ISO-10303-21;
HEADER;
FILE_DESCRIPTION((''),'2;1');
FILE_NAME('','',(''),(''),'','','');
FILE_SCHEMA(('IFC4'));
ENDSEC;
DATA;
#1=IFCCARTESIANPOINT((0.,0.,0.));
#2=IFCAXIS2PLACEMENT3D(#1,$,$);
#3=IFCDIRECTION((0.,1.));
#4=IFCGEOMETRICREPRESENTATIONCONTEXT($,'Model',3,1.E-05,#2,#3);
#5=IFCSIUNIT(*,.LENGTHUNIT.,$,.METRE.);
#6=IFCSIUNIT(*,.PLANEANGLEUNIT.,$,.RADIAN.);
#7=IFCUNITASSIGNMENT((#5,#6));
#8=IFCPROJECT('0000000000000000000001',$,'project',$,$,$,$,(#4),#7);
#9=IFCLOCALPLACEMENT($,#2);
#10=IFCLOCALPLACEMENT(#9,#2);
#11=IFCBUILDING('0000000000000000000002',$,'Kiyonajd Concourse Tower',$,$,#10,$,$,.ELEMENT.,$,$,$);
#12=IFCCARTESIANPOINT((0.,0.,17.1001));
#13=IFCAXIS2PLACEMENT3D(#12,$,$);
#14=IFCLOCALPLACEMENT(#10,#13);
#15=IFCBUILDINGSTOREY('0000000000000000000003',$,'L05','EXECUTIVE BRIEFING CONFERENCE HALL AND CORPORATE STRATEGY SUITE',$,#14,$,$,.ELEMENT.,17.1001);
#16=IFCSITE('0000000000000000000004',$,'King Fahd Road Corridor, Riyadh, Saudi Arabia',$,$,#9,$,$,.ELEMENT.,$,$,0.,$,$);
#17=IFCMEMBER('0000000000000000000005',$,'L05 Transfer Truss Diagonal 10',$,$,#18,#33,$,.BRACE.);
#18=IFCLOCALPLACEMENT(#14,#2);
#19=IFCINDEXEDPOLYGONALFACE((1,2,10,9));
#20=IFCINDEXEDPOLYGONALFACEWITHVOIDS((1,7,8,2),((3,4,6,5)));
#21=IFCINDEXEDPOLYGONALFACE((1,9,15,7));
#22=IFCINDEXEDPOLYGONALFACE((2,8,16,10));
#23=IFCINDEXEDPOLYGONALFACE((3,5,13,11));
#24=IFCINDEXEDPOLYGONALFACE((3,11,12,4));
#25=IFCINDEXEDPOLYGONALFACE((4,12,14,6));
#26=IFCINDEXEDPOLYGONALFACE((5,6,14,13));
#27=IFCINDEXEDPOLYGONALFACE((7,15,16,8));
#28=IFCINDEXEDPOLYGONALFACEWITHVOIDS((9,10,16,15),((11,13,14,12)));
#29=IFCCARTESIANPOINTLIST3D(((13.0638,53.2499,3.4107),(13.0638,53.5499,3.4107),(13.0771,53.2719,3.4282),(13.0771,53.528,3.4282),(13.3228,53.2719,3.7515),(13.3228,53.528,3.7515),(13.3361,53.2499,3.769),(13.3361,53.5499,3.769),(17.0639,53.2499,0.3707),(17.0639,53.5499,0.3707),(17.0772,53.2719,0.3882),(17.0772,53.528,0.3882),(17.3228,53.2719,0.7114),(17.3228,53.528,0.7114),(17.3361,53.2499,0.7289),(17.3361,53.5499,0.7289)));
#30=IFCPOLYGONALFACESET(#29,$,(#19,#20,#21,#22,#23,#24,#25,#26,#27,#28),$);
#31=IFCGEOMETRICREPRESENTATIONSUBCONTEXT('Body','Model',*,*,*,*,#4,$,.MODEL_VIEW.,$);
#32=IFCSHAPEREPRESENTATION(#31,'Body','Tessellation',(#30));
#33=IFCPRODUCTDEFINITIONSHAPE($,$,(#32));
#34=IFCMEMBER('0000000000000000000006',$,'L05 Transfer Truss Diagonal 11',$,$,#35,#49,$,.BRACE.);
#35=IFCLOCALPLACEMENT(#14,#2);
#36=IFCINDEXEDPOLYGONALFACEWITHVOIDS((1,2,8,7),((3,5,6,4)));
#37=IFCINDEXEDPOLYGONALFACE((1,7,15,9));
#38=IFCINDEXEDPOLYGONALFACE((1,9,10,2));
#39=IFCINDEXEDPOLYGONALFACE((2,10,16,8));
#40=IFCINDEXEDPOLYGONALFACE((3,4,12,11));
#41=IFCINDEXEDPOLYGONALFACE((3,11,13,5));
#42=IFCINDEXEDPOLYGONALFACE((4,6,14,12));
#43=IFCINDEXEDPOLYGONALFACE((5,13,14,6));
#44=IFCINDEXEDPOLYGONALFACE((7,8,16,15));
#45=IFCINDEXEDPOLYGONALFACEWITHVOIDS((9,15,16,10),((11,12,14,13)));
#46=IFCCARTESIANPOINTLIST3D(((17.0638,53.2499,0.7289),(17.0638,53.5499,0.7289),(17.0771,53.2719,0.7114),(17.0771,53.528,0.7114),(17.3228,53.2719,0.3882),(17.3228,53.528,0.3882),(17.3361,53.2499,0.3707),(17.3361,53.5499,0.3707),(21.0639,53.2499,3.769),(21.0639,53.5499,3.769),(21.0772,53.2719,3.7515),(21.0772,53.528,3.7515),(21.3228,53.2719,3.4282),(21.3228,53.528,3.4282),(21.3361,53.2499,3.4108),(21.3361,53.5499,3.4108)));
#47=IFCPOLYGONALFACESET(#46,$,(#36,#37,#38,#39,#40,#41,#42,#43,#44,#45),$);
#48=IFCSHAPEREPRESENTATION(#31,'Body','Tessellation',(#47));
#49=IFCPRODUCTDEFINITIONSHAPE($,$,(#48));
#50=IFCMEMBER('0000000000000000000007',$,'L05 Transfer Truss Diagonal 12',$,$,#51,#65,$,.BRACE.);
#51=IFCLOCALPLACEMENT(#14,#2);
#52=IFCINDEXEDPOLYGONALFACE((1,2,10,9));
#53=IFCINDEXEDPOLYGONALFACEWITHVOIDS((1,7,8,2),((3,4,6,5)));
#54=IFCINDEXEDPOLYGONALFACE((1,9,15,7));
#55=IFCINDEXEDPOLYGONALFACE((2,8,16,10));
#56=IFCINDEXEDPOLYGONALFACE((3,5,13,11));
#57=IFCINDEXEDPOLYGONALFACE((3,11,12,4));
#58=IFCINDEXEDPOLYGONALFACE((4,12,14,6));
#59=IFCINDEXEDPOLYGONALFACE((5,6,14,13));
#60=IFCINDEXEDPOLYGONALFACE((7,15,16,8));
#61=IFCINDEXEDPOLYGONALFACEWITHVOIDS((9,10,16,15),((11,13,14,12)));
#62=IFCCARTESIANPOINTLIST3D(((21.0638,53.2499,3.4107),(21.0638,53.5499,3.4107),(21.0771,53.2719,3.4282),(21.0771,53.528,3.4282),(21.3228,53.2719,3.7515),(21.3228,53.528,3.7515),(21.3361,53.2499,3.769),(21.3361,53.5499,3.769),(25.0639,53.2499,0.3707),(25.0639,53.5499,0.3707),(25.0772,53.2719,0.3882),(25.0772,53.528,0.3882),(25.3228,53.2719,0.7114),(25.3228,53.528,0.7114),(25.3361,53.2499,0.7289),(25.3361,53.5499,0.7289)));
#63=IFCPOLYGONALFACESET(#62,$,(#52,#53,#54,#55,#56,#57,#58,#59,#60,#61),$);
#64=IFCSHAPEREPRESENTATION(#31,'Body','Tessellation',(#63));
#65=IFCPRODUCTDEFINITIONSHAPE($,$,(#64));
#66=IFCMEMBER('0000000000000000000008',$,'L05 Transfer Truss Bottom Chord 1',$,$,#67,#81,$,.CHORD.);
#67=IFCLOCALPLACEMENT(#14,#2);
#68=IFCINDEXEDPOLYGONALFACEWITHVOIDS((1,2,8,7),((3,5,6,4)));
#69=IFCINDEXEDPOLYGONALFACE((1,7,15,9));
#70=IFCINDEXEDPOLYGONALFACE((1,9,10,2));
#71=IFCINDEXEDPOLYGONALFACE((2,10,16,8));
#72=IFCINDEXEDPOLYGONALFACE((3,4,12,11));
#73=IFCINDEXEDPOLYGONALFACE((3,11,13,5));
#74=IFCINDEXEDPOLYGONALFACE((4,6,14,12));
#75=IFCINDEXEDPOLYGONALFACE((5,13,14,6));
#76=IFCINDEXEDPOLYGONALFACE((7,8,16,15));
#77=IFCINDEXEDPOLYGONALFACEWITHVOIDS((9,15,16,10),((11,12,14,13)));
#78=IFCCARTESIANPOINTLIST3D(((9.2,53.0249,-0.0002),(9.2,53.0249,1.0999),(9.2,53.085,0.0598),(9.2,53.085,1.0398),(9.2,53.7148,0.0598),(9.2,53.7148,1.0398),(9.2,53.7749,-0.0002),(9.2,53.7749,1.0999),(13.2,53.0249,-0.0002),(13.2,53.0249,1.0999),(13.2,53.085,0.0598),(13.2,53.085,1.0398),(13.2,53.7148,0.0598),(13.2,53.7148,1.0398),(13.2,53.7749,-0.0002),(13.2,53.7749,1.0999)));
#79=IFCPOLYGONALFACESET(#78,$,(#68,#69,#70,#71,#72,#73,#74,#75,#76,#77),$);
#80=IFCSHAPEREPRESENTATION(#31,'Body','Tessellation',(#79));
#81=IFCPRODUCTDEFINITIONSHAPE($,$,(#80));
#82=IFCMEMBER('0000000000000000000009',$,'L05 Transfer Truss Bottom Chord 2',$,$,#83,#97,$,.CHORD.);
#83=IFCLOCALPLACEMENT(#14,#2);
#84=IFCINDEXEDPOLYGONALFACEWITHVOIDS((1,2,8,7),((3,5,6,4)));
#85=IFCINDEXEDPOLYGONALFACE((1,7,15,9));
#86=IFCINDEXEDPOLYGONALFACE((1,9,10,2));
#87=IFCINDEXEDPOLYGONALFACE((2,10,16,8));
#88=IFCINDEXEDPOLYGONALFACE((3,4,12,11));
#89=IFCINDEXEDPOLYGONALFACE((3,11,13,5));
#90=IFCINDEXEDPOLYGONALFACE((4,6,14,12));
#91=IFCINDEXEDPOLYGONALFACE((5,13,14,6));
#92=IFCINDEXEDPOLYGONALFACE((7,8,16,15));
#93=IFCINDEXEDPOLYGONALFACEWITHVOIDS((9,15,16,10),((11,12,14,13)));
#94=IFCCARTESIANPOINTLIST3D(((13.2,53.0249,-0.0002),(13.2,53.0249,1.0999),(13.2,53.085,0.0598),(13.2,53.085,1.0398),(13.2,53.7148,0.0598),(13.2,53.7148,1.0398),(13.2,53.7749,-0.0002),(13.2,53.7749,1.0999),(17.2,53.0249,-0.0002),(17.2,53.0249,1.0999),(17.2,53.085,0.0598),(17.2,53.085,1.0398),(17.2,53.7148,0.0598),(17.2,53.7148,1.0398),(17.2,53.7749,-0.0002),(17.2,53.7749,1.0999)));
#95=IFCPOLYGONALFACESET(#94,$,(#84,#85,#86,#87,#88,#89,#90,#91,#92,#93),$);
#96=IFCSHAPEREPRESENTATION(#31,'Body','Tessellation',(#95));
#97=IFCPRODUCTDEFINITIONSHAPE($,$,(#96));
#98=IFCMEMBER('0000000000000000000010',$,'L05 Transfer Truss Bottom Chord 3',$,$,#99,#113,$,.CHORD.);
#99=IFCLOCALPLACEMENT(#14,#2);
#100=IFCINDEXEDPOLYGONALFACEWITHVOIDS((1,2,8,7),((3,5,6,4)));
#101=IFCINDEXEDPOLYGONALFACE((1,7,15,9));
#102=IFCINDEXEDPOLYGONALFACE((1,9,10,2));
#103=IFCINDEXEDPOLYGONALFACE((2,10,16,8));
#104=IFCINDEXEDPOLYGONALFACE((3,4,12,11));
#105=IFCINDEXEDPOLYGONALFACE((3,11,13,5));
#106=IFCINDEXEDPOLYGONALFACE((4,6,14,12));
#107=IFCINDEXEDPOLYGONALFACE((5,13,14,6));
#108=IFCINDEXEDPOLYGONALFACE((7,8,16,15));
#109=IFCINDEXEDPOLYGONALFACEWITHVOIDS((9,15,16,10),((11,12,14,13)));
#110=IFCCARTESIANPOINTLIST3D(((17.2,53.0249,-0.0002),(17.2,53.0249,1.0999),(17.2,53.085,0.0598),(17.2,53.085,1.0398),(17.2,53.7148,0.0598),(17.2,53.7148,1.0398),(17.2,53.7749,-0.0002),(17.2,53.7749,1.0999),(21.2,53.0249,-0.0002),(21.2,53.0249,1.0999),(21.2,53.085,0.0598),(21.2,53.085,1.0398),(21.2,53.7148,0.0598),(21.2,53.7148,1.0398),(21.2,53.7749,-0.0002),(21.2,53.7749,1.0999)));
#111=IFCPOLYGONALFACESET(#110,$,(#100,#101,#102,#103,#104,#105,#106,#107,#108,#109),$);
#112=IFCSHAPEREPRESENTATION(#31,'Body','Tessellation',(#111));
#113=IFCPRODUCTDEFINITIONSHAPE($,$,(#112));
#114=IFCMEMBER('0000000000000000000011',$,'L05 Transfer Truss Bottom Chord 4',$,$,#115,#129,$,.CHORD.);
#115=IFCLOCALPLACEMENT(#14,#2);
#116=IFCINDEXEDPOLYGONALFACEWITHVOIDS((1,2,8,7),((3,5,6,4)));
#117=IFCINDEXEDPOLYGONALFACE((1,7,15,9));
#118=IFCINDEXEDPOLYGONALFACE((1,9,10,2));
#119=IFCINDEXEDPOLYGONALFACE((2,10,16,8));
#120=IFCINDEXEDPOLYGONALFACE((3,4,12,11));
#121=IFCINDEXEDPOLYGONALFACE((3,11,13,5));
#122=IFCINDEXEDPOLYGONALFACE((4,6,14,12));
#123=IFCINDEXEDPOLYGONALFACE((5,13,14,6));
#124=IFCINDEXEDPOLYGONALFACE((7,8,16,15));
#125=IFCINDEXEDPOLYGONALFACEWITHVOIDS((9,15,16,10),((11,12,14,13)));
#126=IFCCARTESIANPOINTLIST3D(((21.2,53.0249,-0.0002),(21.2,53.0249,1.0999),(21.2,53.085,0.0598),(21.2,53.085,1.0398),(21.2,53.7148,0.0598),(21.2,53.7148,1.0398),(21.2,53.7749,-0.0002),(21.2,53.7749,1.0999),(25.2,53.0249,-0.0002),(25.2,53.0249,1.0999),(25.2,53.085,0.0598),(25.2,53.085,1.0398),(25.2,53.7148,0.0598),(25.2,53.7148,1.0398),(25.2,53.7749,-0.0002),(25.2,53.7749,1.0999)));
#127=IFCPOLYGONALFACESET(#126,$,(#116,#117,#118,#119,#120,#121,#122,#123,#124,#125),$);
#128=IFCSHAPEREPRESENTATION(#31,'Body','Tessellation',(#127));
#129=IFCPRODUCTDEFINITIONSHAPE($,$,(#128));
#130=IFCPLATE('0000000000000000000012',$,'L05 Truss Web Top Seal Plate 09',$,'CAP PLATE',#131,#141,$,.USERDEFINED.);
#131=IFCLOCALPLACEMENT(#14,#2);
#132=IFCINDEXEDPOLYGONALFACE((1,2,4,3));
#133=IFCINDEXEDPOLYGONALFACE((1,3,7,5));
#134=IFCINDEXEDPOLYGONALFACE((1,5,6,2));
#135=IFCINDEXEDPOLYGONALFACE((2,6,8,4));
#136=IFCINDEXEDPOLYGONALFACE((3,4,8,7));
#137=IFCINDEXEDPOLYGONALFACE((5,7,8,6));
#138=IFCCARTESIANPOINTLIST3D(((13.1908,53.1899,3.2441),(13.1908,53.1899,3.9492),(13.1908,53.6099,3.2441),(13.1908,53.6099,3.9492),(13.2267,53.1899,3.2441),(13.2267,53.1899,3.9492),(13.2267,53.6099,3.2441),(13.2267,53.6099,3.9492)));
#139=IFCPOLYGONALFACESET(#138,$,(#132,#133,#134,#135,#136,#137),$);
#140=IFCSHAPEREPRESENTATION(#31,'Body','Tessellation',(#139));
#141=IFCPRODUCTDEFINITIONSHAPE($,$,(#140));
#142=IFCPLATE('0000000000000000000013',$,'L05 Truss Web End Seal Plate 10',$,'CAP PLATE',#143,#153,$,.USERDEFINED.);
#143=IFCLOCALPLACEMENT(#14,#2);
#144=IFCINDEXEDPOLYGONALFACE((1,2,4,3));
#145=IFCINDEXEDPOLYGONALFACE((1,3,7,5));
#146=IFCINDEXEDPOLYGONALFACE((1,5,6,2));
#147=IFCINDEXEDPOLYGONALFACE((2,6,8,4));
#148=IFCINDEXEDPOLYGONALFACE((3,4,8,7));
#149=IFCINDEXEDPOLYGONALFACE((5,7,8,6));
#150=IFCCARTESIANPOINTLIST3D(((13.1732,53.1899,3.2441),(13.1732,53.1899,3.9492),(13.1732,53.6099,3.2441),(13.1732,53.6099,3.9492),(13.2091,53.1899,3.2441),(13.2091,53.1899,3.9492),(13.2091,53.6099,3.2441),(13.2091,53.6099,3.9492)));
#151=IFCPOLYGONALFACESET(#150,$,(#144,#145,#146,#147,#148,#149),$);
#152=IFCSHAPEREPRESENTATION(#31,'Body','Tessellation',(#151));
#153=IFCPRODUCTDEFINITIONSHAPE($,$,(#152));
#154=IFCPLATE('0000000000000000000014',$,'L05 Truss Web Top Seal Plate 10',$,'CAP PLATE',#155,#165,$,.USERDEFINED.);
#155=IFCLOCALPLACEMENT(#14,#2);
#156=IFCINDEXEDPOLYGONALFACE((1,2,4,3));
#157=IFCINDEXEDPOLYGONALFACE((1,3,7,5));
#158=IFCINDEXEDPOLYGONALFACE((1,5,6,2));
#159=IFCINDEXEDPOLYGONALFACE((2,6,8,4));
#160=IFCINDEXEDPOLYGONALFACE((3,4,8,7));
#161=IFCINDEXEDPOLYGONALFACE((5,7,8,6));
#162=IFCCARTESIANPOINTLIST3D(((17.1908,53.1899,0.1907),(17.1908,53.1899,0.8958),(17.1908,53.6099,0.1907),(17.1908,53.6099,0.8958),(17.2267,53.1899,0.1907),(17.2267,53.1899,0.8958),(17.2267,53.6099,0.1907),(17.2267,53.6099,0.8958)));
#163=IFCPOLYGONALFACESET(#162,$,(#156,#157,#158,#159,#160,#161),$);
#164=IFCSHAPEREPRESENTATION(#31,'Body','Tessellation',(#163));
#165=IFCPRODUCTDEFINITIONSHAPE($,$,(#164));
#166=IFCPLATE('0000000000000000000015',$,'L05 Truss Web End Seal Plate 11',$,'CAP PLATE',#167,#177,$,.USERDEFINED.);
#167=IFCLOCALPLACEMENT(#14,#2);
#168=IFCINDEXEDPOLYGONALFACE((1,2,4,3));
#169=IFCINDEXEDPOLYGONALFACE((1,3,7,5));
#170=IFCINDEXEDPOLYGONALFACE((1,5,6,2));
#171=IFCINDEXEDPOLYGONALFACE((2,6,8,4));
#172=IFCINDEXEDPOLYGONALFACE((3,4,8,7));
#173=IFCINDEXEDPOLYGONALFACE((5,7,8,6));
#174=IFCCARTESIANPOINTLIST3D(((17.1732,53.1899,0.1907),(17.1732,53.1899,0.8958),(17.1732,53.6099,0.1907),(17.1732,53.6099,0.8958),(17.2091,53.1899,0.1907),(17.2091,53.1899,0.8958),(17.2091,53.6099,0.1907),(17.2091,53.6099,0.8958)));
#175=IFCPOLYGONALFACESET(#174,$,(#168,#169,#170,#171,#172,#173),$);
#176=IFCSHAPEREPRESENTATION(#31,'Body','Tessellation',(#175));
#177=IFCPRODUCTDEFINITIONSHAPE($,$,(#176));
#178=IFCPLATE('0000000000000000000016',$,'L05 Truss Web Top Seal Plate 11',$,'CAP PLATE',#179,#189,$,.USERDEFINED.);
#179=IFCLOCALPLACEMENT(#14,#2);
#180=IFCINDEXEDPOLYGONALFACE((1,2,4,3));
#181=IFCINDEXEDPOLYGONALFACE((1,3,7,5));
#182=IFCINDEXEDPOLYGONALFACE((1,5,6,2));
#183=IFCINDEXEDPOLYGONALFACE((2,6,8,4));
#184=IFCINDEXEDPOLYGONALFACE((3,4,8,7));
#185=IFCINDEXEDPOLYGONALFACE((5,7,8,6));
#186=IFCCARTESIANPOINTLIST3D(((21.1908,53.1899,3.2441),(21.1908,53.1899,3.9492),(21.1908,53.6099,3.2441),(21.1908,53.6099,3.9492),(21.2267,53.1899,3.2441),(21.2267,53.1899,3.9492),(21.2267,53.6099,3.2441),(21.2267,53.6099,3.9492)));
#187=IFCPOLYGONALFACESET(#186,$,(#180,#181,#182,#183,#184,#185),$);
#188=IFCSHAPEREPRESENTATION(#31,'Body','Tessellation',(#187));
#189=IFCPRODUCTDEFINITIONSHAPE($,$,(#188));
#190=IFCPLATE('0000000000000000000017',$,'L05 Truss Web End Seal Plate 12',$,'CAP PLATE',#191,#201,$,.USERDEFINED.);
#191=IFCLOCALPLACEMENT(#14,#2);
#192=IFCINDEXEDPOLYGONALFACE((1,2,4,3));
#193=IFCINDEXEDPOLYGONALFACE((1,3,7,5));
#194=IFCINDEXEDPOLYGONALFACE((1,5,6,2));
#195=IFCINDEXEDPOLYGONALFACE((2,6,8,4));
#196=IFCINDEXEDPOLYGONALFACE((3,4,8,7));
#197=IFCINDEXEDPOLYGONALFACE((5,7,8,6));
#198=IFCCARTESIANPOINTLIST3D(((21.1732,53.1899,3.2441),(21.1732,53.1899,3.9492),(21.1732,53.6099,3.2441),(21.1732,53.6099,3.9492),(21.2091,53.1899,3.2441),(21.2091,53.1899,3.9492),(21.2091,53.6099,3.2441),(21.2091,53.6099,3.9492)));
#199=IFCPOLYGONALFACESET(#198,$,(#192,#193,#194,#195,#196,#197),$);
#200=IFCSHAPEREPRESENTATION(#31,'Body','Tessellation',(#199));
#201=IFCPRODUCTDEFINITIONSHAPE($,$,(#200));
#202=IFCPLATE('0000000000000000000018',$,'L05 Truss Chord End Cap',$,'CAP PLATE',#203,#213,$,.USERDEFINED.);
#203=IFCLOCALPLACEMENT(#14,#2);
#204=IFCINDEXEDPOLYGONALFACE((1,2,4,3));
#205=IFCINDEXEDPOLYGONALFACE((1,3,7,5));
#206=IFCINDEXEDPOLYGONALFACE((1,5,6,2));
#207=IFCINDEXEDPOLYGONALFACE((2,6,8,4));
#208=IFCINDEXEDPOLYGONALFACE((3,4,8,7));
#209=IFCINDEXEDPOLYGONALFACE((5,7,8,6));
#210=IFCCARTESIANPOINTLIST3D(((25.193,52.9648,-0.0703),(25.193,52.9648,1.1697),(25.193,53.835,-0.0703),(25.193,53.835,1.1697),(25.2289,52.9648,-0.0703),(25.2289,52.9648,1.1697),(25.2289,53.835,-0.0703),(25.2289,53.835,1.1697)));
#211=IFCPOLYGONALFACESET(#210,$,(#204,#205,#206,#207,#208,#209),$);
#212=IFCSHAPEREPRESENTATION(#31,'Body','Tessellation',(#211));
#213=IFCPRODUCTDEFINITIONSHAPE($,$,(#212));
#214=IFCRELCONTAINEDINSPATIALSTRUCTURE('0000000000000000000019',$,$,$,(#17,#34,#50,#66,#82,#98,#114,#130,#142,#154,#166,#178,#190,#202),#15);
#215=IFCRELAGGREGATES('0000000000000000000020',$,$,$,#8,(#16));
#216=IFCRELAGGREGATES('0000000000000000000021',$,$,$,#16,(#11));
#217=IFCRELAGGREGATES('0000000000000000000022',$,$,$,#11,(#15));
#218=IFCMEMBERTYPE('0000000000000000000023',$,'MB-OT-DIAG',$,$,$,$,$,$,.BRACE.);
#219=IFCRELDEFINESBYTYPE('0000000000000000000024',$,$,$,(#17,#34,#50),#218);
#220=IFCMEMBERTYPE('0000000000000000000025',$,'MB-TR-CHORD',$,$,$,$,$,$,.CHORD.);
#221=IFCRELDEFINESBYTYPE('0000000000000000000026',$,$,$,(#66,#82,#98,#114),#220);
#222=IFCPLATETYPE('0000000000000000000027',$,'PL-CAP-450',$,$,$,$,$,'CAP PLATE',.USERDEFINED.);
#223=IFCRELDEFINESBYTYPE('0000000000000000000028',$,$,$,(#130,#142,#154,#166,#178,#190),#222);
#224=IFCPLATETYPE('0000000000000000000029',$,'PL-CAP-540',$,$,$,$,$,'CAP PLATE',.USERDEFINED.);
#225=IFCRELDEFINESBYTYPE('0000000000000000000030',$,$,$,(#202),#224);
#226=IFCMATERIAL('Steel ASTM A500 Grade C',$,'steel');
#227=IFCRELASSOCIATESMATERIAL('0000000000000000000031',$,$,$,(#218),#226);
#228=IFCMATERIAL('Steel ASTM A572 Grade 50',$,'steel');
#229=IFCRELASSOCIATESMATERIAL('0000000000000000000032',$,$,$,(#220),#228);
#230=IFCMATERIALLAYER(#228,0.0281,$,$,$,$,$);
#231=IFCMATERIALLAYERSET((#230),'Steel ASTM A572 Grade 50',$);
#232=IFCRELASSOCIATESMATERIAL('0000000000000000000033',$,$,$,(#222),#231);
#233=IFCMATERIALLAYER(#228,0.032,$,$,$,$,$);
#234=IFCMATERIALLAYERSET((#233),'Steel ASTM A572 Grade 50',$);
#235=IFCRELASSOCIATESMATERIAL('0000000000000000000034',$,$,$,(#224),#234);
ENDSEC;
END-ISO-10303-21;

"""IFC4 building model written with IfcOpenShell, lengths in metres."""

from ifc_helpers import new_model, si_unit, direction, frame, origin, origin_2d, place, context, subcontext, project, spatial, rectangle, hollow_rectangle, extrude, material, layer, layer_set, material_profile, profile_set, type_object, element, save


model = new_model("IFC4")

# Units and contexts
model_context = context("Model", 3, precision=1e-05, world=origin(), true_north=direction((0.0, 1.0)))
body_context = subcontext(model_context, "Body", "Model", "MODEL_VIEW")
ifc_project = project(units=[si_unit("LENGTHUNIT", "METRE"), si_unit("PLANEANGLEUNIT", "RADIAN")], contexts=[model_context])

# Site, building, storey
site_placement = place(None, origin())
site = spatial("IfcSite", under=ifc_project, at=site_placement, Name="King Fahd Road Corridor, Riyadh, Saudi Arabia", CompositionType="ELEMENT", RefElevation=0.0)
building_placement = place(site_placement, origin())
building = spatial("IfcBuilding", under=site, at=building_placement, Name="Kiyonajd Concourse Tower", CompositionType="ELEMENT")
storey_placement = place(building_placement, frame((0.0, 0.0, 17.1001)))
storey = spatial("IfcBuildingStorey", under=building, at=storey_placement, Name="L05", Description="EXECUTIVE BRIEFING CONFERENCE HALL AND CORPORATE STRATEGY SUITE", CompositionType="ELEMENT", Elevation=17.1001)

# Shared definitions
ifc_material_1 = material(Name="Steel ASTM A572 Grade 50", Category="steel")

# Members
ifc_material_2 = material(Name="Steel ASTM A500 Grade C", Category="steel")
ifc_material_profile_1 = material_profile(ifc_material_2, hollow_rectangle(XDim=0.3, YDim=0.45, WallThickness=0.022, at=origin_2d()), Name="HSS-450x300x22")
ifc_profile_set_1 = profile_set([ifc_material_profile_1], Name="Steel ASTM A500 Grade C")
member_type_1 = type_object("IfcMemberType", Name="MB-OT-DIAG", PredefinedType="BRACE", material=ifc_profile_set_1)
for number, where, z_axis, x_axis, name in (
    (1, (13.2, 53.3999, 3.5898), (0.796158, 0.0, -0.605088), (0.0, 1.0, 0.0), "L05 Transfer Truss Diagonal 10"),
    (2, (17.2, 53.3999, 0.5498), (0.796158, 0.0, 0.605088), (0.0, 1.0, 0.0), "L05 Transfer Truss Diagonal 11"),
    (3, (21.2, 53.3999, 3.5898), (0.796158, 0.0, -0.605088), (0.0, 1.0, 0.0), "L05 Transfer Truss Diagonal 12"),
):
    element("IfcMember", number, at=place(storey_placement, frame(where, z_axis=z_axis, x_axis=x_axis)), inside=storey, type_object=member_type_1, Name=name, PredefinedType="BRACE", context=body_context, shape_type="SweptSolid", body=[
        extrude(hollow_rectangle(XDim=0.3, YDim=0.45, WallThickness=0.022, at=origin_2d()), origin(), (0.0, 0.0, 1.0), 5.0242),
    ])
ifc_material_profile_2 = material_profile(ifc_material_1, hollow_rectangle(XDim=0.75, YDim=1.1001, WallThickness=0.0601, at=origin_2d()), Name="BOX-1100x750x60")
ifc_profile_set_2 = profile_set([ifc_material_profile_2], Name="Steel ASTM A572 Grade 50")
member_type_2 = type_object("IfcMemberType", Name="MB-TR-CHORD", PredefinedType="CHORD", material=ifc_profile_set_2)
for number, where, z_axis, x_axis, name in (
    (4, (9.2, 53.3999, 0.5498), (1.0, 0.0, 0.0), (0.0, 1.0, 0.0), "L05 Transfer Truss Bottom Chord 1"),
    (5, (13.2, 53.3999, 0.5498), (1.0, 0.0, 0.0), (0.0, 1.0, 0.0), "L05 Transfer Truss Bottom Chord 2"),
    (6, (17.2, 53.3999, 0.5498), (1.0, 0.0, 0.0), (0.0, 1.0, 0.0), "L05 Transfer Truss Bottom Chord 3"),
    (7, (21.2, 53.3999, 0.5498), (1.0, 0.0, 0.0), (0.0, 1.0, 0.0), "L05 Transfer Truss Bottom Chord 4"),
):
    element("IfcMember", number, at=place(storey_placement, frame(where, z_axis=z_axis, x_axis=x_axis)), inside=storey, type_object=member_type_2, Name=name, PredefinedType="CHORD", context=body_context, shape_type="SweptSolid", body=[
        extrude(hollow_rectangle(XDim=0.75, YDim=1.1001, WallThickness=0.0601, at=origin_2d()), origin(), (0.0, 0.0, 1.0), 4.0),
    ])

# Plates
ifc_layer_1 = layer(ifc_material_1, 0.0281)
ifc_layer_set_1 = layer_set([ifc_layer_1], Name="Steel ASTM A572 Grade 50")
plate_type_1 = type_object("IfcPlateType", Name="PL-CAP-450", ElementType="CAP PLATE", PredefinedType="USERDEFINED", material=ifc_layer_set_1)
for number, where, z_axis, x_axis, name in (
    (8, (13.2087, 53.3999, 3.2441), (0.0, 0.0, 1.0), (1.0, 0.0, 0.0), "L05 Truss Web Top Seal Plate 09"),
    (9, (13.1912, 53.3999, 3.2441), (0.0, 0.0, 1.0), (-1.0, 0.0, 0.0), "L05 Truss Web End Seal Plate 10"),
    (10, (17.2087, 53.3999, 0.1907), (0.0, 0.0, 1.0), (1.0, 0.0, 0.0), "L05 Truss Web Top Seal Plate 10"),
    (11, (17.1912, 53.3999, 0.1907), (0.0, 0.0, 1.0), (-1.0, 0.0, 0.0), "L05 Truss Web End Seal Plate 11"),
    (12, (21.2087, 53.3999, 3.2441), (0.0, 0.0, 1.0), (1.0, 0.0, 0.0), "L05 Truss Web Top Seal Plate 11"),
    (13, (21.1912, 53.3999, 3.2441), (0.0, 0.0, 1.0), (-1.0, 0.0, 0.0), "L05 Truss Web End Seal Plate 12"),
):
    element("IfcPlate", number, at=place(storey_placement, frame(where, z_axis=z_axis, x_axis=x_axis)), inside=storey, type_object=plate_type_1, Name=name, ObjectType="CAP PLATE", PredefinedType="USERDEFINED", context=body_context, shape_type="SweptSolid", body=[
        extrude(rectangle(XDim=0.0359, YDim=0.4199, at=origin_2d()), origin(), (0.0, 0.0, 1.0), 0.7051),
    ])
ifc_layer_2 = layer(ifc_material_1, 0.032)
ifc_layer_set_2 = layer_set([ifc_layer_2], Name="Steel ASTM A572 Grade 50")
plate_type_2 = type_object("IfcPlateType", Name="PL-CAP-540", ElementType="CAP PLATE", PredefinedType="USERDEFINED", material=ifc_layer_set_2)
plate_placement = place(storey_placement, frame((25.2109, 53.3999, -0.0703), z_axis=(0.0, 0.0, 1.0), x_axis=(1.0, 0.0, 0.0)))
element("IfcPlate", 14, at=plate_placement, inside=storey, type_object=plate_type_2, Name="L05 Truss Chord End Cap", ObjectType="CAP PLATE", PredefinedType="USERDEFINED", context=body_context, shape_type="SweptSolid", body=[
    extrude(rectangle(XDim=0.0359, YDim=0.8701, at=origin_2d()), origin(), (0.0, 0.0, 1.0), 1.24),
])

save(model, "model.ifc")
